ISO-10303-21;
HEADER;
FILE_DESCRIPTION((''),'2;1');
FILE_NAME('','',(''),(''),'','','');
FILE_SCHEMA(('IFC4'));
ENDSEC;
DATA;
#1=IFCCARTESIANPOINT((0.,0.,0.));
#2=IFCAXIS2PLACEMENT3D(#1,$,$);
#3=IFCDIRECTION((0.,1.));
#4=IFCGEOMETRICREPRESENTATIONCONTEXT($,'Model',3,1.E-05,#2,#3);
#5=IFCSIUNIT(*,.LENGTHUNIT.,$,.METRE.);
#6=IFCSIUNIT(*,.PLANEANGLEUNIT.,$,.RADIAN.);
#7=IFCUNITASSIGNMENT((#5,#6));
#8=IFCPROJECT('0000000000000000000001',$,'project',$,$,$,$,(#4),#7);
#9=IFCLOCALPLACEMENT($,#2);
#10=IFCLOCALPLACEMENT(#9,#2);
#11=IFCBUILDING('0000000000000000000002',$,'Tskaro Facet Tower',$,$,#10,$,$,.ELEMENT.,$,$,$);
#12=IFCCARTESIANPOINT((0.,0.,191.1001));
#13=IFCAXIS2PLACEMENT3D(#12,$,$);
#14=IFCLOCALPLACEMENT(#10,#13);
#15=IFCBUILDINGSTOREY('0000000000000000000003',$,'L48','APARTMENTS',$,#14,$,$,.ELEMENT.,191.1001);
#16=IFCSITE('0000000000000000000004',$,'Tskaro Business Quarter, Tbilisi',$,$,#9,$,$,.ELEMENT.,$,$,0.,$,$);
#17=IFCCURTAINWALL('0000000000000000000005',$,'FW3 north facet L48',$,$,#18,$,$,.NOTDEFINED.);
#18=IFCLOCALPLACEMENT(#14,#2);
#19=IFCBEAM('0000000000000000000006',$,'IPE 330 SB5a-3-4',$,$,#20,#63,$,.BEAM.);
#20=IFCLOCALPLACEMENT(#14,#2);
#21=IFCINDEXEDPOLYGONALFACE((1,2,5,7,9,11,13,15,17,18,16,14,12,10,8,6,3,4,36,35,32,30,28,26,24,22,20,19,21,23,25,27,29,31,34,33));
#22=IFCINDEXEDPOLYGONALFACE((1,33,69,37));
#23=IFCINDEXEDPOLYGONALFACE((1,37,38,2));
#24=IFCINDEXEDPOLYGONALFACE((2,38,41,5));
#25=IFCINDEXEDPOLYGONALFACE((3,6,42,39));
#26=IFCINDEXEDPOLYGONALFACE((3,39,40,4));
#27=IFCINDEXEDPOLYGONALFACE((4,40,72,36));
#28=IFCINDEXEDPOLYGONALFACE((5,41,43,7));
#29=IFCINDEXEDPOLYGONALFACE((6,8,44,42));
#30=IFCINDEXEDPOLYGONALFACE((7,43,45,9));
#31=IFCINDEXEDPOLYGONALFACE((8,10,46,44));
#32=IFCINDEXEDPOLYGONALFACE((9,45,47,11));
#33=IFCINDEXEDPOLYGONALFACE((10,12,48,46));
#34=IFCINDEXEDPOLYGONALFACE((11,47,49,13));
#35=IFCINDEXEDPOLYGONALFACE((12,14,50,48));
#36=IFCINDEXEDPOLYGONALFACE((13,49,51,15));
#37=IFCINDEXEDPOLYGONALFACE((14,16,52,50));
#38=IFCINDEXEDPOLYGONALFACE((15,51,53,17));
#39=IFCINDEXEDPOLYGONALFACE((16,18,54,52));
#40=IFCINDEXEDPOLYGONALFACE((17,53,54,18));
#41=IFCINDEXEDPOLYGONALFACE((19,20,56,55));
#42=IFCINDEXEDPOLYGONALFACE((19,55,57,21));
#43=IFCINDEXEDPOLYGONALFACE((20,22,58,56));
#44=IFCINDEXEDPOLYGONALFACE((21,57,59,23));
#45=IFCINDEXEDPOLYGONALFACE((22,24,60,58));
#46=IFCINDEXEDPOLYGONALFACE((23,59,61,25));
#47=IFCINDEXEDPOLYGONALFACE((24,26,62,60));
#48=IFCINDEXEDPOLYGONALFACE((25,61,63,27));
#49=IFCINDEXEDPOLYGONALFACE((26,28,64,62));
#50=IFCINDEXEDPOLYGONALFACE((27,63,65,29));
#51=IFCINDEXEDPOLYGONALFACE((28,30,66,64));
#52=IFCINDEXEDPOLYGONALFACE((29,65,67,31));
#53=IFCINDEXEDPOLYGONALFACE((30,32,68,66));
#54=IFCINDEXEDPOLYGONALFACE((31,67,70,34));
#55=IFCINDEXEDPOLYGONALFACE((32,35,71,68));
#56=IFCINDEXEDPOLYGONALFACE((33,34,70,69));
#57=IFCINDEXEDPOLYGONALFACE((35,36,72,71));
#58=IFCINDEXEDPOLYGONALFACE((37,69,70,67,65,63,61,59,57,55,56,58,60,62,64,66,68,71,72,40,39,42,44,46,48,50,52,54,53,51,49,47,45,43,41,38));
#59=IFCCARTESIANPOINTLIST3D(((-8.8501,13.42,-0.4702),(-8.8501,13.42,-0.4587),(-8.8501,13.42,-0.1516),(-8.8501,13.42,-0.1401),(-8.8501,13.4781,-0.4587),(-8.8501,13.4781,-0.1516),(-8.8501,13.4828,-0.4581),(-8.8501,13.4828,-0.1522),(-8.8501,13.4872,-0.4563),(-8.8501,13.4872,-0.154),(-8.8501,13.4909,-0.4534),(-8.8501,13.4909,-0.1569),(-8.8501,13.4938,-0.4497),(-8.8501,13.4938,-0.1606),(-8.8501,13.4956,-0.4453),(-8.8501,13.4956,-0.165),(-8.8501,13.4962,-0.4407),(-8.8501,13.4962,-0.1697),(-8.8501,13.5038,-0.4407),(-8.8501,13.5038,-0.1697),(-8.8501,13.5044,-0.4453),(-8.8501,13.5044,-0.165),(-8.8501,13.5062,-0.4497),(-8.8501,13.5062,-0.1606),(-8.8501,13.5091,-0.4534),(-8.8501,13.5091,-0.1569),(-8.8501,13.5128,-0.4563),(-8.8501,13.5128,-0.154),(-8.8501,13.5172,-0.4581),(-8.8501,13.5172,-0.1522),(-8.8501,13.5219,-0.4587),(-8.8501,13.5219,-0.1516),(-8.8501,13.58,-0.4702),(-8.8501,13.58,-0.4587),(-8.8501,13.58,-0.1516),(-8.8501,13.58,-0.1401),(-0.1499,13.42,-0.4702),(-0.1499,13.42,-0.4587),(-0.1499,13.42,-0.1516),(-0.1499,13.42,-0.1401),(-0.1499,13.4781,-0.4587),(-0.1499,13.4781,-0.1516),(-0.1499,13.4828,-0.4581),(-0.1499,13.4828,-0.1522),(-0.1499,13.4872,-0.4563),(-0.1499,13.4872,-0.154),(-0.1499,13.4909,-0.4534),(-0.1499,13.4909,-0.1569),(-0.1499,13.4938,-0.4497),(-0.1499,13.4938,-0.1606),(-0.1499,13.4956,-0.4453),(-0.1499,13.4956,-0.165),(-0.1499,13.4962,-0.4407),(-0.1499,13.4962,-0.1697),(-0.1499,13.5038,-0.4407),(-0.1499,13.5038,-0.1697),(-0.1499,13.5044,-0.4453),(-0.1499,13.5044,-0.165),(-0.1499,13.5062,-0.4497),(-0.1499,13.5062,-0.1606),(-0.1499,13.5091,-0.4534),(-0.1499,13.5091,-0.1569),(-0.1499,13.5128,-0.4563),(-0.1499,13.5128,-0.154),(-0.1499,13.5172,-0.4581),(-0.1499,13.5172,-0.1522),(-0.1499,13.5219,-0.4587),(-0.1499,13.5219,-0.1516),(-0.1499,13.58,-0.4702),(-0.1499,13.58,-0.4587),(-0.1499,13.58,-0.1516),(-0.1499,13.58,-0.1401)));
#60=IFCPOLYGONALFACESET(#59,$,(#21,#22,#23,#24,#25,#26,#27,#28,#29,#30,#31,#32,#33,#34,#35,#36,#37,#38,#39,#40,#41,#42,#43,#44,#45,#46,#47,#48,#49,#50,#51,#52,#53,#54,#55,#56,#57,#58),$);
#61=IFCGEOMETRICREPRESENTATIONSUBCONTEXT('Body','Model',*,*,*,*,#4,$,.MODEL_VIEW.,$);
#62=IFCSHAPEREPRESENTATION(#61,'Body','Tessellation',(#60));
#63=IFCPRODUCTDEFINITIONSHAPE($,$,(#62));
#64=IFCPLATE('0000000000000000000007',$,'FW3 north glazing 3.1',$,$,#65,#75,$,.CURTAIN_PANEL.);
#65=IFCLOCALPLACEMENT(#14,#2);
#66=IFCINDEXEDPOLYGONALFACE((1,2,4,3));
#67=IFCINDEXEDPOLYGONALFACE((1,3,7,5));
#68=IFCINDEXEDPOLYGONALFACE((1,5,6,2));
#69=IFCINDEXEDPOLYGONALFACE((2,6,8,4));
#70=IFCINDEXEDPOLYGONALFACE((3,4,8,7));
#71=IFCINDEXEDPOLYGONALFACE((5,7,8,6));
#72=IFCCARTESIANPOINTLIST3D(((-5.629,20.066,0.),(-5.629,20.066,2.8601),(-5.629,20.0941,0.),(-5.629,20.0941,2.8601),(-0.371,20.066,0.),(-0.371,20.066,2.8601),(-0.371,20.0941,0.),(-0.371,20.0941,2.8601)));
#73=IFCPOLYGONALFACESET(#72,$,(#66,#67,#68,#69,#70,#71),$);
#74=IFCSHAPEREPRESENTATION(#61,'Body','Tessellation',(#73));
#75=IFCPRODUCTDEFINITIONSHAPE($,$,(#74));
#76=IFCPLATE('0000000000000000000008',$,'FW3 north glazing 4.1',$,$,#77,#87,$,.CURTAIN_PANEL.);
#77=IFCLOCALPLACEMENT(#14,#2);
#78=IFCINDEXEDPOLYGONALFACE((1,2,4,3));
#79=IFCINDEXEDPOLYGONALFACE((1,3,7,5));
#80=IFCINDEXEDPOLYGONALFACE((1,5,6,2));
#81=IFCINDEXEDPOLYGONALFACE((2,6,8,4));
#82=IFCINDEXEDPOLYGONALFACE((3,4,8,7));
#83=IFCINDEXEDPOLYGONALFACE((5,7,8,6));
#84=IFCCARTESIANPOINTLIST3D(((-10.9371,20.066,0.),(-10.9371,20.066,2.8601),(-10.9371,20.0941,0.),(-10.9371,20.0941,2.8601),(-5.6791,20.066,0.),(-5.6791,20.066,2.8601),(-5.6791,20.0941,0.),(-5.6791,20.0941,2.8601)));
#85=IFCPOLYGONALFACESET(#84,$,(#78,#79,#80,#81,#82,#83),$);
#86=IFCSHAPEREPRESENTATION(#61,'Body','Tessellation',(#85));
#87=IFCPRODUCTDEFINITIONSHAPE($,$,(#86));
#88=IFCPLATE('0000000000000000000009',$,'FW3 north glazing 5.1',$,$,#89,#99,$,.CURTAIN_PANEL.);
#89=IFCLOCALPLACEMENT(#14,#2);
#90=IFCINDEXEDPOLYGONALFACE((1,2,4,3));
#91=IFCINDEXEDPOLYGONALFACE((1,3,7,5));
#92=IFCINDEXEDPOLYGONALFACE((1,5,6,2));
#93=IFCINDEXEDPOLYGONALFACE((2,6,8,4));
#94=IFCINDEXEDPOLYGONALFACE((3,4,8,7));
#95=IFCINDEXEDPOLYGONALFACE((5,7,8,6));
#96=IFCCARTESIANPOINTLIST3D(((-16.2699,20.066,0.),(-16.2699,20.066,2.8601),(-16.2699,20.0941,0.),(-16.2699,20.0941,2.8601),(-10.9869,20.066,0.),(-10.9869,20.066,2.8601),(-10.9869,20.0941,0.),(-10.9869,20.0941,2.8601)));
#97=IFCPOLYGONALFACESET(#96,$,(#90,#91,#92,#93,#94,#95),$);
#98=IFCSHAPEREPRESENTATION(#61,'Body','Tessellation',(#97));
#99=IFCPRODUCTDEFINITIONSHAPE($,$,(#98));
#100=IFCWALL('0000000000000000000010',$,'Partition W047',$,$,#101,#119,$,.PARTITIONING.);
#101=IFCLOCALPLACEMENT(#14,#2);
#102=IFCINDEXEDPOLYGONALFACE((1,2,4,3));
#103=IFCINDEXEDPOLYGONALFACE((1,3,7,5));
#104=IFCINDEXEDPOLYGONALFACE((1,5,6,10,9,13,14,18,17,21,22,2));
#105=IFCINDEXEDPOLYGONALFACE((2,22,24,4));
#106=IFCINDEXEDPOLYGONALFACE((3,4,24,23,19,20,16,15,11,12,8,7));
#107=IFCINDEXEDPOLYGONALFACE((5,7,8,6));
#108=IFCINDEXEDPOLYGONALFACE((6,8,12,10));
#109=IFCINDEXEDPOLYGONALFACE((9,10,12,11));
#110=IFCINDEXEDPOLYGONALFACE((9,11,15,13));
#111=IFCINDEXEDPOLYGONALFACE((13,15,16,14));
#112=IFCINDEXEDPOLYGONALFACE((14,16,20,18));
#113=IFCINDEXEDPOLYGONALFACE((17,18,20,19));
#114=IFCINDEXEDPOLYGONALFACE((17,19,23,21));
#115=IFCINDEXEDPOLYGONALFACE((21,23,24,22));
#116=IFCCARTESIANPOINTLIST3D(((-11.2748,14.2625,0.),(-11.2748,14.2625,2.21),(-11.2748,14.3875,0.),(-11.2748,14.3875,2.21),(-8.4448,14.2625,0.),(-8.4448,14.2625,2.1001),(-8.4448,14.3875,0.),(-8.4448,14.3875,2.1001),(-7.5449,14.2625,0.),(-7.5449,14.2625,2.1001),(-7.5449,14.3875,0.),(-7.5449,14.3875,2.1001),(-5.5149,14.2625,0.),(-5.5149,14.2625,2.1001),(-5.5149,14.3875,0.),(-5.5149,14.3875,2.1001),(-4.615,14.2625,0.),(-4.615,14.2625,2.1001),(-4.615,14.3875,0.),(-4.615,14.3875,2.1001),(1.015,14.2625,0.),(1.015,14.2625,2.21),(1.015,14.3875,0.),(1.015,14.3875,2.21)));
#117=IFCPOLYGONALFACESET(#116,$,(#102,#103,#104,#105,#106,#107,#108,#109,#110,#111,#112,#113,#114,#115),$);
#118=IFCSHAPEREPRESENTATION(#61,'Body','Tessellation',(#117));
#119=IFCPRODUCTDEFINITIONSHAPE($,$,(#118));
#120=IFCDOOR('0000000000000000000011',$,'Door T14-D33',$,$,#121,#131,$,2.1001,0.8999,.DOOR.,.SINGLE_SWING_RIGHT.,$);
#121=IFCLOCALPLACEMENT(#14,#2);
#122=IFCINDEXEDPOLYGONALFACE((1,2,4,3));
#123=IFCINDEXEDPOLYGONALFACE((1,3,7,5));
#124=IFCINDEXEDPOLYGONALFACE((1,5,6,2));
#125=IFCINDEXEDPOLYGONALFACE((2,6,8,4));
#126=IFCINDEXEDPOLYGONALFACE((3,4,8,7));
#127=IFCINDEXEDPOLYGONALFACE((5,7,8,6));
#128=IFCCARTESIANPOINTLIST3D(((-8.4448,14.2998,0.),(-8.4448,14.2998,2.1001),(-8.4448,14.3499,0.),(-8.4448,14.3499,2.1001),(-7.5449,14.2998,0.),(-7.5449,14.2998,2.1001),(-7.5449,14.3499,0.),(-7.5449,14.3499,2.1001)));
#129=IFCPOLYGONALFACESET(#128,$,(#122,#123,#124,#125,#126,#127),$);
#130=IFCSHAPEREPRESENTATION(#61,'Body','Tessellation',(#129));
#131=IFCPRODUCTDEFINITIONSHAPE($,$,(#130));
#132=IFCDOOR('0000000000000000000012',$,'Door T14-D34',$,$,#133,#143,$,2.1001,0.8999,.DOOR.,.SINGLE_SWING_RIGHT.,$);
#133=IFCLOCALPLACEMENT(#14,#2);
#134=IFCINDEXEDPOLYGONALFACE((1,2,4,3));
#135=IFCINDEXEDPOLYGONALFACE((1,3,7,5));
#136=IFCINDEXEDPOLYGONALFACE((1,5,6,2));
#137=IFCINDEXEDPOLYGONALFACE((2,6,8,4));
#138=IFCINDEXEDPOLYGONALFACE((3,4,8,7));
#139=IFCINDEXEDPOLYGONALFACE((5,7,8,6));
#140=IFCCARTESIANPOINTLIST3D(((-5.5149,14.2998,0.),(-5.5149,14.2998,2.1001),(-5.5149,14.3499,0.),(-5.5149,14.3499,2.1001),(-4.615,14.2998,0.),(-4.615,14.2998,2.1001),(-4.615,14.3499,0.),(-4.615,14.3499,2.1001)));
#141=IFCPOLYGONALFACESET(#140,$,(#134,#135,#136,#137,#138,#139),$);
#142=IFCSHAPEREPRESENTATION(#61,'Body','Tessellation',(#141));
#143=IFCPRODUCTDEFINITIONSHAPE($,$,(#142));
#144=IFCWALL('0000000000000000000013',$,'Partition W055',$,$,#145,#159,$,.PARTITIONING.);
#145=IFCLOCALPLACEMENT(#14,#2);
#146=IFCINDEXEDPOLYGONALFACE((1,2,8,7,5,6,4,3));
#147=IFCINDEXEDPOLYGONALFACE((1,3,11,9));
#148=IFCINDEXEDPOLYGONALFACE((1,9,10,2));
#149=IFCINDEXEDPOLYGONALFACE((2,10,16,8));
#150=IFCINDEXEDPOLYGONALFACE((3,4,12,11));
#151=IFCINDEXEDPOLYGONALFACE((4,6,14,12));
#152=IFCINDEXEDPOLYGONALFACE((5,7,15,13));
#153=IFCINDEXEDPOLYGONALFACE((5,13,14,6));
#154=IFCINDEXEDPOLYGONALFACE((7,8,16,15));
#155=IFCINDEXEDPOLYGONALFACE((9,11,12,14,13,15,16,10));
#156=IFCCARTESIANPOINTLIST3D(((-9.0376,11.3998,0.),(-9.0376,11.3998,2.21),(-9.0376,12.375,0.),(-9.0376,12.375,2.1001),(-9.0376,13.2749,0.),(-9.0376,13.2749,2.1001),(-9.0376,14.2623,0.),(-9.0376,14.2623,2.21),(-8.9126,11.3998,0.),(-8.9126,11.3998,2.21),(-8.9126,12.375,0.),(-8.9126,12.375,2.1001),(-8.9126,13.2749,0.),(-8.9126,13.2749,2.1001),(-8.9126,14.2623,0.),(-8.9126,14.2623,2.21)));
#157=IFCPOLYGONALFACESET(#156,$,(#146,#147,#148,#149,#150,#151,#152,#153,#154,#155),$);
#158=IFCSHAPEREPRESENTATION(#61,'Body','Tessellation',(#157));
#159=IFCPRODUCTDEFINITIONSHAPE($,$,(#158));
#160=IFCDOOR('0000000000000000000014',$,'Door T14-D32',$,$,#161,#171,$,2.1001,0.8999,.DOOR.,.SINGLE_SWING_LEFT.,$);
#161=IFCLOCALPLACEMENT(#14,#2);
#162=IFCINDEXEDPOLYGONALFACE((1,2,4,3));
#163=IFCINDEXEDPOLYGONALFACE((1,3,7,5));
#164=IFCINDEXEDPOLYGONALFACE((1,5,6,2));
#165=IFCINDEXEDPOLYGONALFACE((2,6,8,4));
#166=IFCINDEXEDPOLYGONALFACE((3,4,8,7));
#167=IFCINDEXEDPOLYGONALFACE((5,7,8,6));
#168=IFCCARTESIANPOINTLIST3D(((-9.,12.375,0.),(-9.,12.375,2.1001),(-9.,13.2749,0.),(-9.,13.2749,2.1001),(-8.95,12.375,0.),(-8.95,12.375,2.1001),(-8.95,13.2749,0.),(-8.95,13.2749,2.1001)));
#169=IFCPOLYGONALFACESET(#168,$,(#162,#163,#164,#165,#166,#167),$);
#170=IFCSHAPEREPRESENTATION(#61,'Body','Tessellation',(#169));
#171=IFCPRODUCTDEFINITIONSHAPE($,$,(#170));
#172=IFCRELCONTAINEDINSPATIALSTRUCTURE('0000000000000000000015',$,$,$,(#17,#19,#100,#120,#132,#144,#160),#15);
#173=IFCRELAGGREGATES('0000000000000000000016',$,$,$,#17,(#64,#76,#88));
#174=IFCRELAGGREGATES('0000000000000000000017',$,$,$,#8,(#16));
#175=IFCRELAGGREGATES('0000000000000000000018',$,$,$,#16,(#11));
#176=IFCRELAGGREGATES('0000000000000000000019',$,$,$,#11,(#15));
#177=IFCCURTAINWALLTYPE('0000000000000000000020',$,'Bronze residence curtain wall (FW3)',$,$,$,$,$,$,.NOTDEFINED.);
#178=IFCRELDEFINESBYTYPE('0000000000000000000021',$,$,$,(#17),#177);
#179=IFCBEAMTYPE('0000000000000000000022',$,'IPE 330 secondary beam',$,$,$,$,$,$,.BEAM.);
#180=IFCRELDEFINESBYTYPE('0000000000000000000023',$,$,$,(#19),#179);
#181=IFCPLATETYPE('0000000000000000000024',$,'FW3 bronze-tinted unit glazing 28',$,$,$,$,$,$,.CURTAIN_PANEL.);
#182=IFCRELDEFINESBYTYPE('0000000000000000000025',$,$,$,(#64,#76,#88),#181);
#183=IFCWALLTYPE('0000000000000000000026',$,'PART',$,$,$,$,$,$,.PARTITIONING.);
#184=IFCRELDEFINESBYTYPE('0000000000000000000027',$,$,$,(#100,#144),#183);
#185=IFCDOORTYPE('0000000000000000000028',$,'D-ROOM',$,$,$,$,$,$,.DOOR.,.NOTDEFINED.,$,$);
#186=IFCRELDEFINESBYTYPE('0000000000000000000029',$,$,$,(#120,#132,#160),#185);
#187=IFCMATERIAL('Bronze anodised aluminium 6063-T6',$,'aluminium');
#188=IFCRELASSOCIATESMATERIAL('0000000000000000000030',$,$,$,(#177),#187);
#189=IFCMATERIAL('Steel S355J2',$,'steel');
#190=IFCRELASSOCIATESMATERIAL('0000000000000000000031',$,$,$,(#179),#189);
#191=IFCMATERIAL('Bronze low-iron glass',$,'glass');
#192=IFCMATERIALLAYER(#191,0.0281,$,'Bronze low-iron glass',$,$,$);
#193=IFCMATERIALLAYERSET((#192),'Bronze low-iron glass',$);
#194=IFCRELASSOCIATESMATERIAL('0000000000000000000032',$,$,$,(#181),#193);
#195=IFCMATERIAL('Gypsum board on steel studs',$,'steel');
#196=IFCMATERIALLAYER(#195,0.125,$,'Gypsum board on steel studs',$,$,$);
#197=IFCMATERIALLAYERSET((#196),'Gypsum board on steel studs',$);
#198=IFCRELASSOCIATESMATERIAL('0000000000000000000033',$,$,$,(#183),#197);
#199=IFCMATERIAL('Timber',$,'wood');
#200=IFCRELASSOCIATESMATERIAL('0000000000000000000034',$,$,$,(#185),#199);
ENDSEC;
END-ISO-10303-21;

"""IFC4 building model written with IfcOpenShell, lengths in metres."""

from ifc_helpers import new_model, si_unit, direction, frame, frame_2d, origin, origin_2d, place, context, subcontext, project, spatial, rectangle, i_section, extrude, material, layer, layer_set, material_profile, profile_set, type_object, element, fill, aggregate, save


model = new_model("IFC4")

# Units and contexts
model_context = context("Model", 3, precision=1e-05, world=origin(), true_north=direction((0.0, 1.0)))
body_context = subcontext(model_context, "Body", "Model", "MODEL_VIEW")
ifc_project = project(units=[si_unit("LENGTHUNIT", "METRE"), si_unit("PLANEANGLEUNIT", "RADIAN")], contexts=[model_context])

# Site, building, storey
site_placement = place(None, origin())
site = spatial("IfcSite", under=ifc_project, at=site_placement, Name="Tskaro Business Quarter, Tbilisi", CompositionType="ELEMENT", RefElevation=0.0)
building_placement = place(site_placement, origin())
building = spatial("IfcBuilding", under=site, at=building_placement, Name="Tskaro Facet Tower", CompositionType="ELEMENT")
storey_placement = place(building_placement, frame((0.0, 0.0, 191.1001)))
storey = spatial("IfcBuildingStorey", under=building, at=storey_placement, Name="L48", Description="APARTMENTS", CompositionType="ELEMENT", Elevation=191.1001)

# Curtain wall
ifc_material_1 = material(Name="Bronze anodised aluminium 6063-T6", Category="aluminium")
curtain_wall_type = type_object("IfcCurtainWallType", Name="Bronze residence curtain wall (FW3)", PredefinedType="NOTDEFINED", material=ifc_material_1)
curtain_wall_placement = place(storey_placement, origin())
curtain_wall = element("IfcCurtainWall", 1, at=curtain_wall_placement, inside=storey, type_object=curtain_wall_type, Name="FW3 north facet L48", PredefinedType="NOTDEFINED")

# Beam
ifc_material_2 = material(Name="Steel S355J2", Category="steel")
ifc_material_profile_1 = material_profile(ifc_material_2, i_section(OverallWidth=0.1599, OverallDepth=0.3301, WebThickness=0.0076, FlangeThickness=0.0115, FilletRadius=0.0181, at=origin_2d()), Name="IPE 330")
ifc_profile_set_1 = profile_set([ifc_material_profile_1], Name="Steel S355J2")
beam_type_1 = type_object("IfcBeamType", Name="IPE 330 secondary beam", PredefinedType="BEAM", material=ifc_profile_set_1)
beam_1_placement = place(storey_placement, frame((-8.8501, 13.5, -0.3052), z_axis=(1.0, 0.0, 0.0), x_axis=(0.0, 1.0, 0.0)))
element("IfcBeam", 2, at=beam_1_placement, inside=storey, type_object=beam_type_1, Name="IPE 330 SB5a-3-4", PredefinedType="BEAM", context=body_context, shape_type="SweptSolid", body=[
    extrude(i_section(OverallWidth=0.1599, OverallDepth=0.3301, WebThickness=0.0076, FlangeThickness=0.0115, FilletRadius=0.0181, at=origin_2d()), origin(), (0.0, 0.0, 1.0), 8.7002),
])

# Plates
ifc_material_3 = material(Name="Bronze low-iron glass", Category="glass")
ifc_layer_1 = layer(ifc_material_3, 0.0281, Name="Bronze low-iron glass")
ifc_layer_set_1 = layer_set([ifc_layer_1], Name="Bronze low-iron glass")
plate_type = type_object("IfcPlateType", Name="FW3 bronze-tinted unit glazing 28", PredefinedType="CURTAIN_PANEL", material=ifc_layer_set_1)
plate_1_placement = place(storey_placement, frame((-3.0, 20.0801, 0.0), z_axis=(0.0, 0.0, 1.0), x_axis=(-1.0, 0.0, 0.0)))
plate_1 = element("IfcPlate", 3, at=plate_1_placement, type_object=plate_type, Name="FW3 north glazing 3.1", PredefinedType="CURTAIN_PANEL", context=body_context, shape_type="SweptSolid", body=[
    extrude(rectangle(XDim=5.2581, YDim=0.0281, at=origin_2d()), origin(), (0.0, 0.0, 1.0), 2.8601),
])
plate_2_placement = place(storey_placement, frame((-8.3081, 20.0801, 0.0), z_axis=(0.0, 0.0, 1.0), x_axis=(-1.0, 0.0, 0.0)))
plate_2 = element("IfcPlate", 4, at=plate_2_placement, type_object=plate_type, Name="FW3 north glazing 4.1", PredefinedType="CURTAIN_PANEL", context=body_context, shape_type="SweptSolid", body=[
    extrude(rectangle(XDim=5.2581, YDim=0.0281, at=origin_2d()), origin(), (0.0, 0.0, 1.0), 2.8601),
])
plate_3_placement = place(storey_placement, frame((-13.6284, 20.0801, 0.0), z_axis=(0.0, 0.0, 1.0), x_axis=(-1.0, 0.0, 0.0)))
plate_3 = element("IfcPlate", 5, at=plate_3_placement, type_object=plate_type, Name="FW3 north glazing 5.1", PredefinedType="CURTAIN_PANEL", context=body_context, shape_type="SweptSolid", body=[
    extrude(rectangle(XDim=5.283, YDim=0.0281, at=origin_2d()), origin(), (0.0, 0.0, 1.0), 2.8601),
])
aggregate(curtain_wall, [plate_1, plate_2, plate_3])

# Wall, openings, doors
ifc_material_4 = material(Name="Gypsum board on steel studs", Category="steel")
ifc_layer_2 = layer(ifc_material_4, 0.125, Name="Gypsum board on steel studs")
ifc_layer_set_2 = layer_set([ifc_layer_2], Name="Gypsum board on steel studs")
wall_type_1 = type_object("IfcWallType", Name="PART", PredefinedType="PARTITIONING", material=ifc_layer_set_2)
wall_1_placement = place(storey_placement, frame((-11.2749, 14.325, 0.0), z_axis=(0.0, 0.0, 1.0), x_axis=(1.0, 0.0, 0.0)))
wall_1 = element("IfcWall", 6, at=wall_1_placement, inside=storey, type_object=wall_type_1, Name="Partition W047", PredefinedType="PARTITIONING", context=body_context, shape_type="SweptSolid", body=[
    extrude(rectangle(XDim=12.2898, YDim=0.125, at=frame_2d((6.145, 0.0))), origin(), (0.0, 0.0, 1.0), 2.21),
])
opening_1_placement = place(wall_1_placement, frame((2.8301, 0.0, 0.0)))
opening_1 = element("IfcOpeningElement", 7, at=opening_1_placement, cuts=wall_1, PredefinedType="OPENING", context=body_context, shape_type="SweptSolid", body=[
    extrude(rectangle(XDim=0.8999, YDim=2.1001, at=frame_2d((0.45, 1.05))), frame((0.0, 0.0725, 0.0), z_axis=(0.0, -1.0, 0.0), x_axis=(1.0, 0.0, 0.0)), (0.0, 0.0, 1.0), 0.145),
])
opening_2_placement = place(wall_1_placement, frame((5.76, 0.0, 0.0)))
opening_2 = element("IfcOpeningElement", 8, at=opening_2_placement, cuts=wall_1, PredefinedType="OPENING", context=body_context, shape_type="SweptSolid", body=[
    extrude(rectangle(XDim=0.8999, YDim=2.1001, at=frame_2d((0.45, 1.05))), frame((0.0, 0.0725, 0.0), z_axis=(0.0, -1.0, 0.0), x_axis=(1.0, 0.0, 0.0)), (0.0, 0.0, 1.0), 0.145),
])
ifc_material_5 = material(Name="Timber", Category="wood")
door_type_1 = type_object("IfcDoorType", Name="D-ROOM", OperationType="NOTDEFINED", PredefinedType="DOOR", material=ifc_material_5)
door_1_placement = place(opening_1_placement, origin())
door_1 = element("IfcDoor", 9, at=door_1_placement, inside=storey, type_object=door_type_1, Name="Door T14-D33", OperationType="SINGLE_SWING_RIGHT", OverallHeight=2.1001, OverallWidth=0.8999, PredefinedType="DOOR", context=body_context, shape_type="SweptSolid", body=[
    extrude(rectangle(XDim=0.8999, YDim=2.1001, at=frame_2d((0.45, 1.05))), frame((0.0, 0.0249, 0.0), z_axis=(0.0, -1.0, 0.0), x_axis=(1.0, 0.0, 0.0)), (0.0, 0.0, 1.0), 0.05),
])
fill(opening_1, door_1)
door_2_placement = place(opening_2_placement, origin())
door_2 = element("IfcDoor", 10, at=door_2_placement, inside=storey, type_object=door_type_1, Name="Door T14-D34", OperationType="SINGLE_SWING_RIGHT", OverallHeight=2.1001, OverallWidth=0.8999, PredefinedType="DOOR", context=body_context, shape_type="SweptSolid", body=[
    extrude(rectangle(XDim=0.8999, YDim=2.1001, at=frame_2d((0.45, 1.05))), frame((0.0, 0.0249, 0.0), z_axis=(0.0, -1.0, 0.0), x_axis=(1.0, 0.0, 0.0)), (0.0, 0.0, 1.0), 0.05),
])
fill(opening_2, door_2)

# Wall, opening, door
wall_2_placement = place(storey_placement, frame((-8.9751, 11.3999, 0.0), z_axis=(0.0, 0.0, 1.0), x_axis=(0.0, 1.0, 0.0)))
wall_2 = element("IfcWall", 11, at=wall_2_placement, inside=storey, type_object=wall_type_1, Name="Partition W055", PredefinedType="PARTITIONING", context=body_context, shape_type="SweptSolid", body=[
    extrude(rectangle(XDim=2.8625, YDim=0.125, at=frame_2d((1.4312, 0.0))), origin(), (0.0, 0.0, 1.0), 2.21),
])
opening_3_placement = place(wall_2_placement, frame((0.9751, 0.0, 0.0)))
opening_3 = element("IfcOpeningElement", 12, at=opening_3_placement, cuts=wall_2, PredefinedType="OPENING", context=body_context, shape_type="SweptSolid", body=[
    extrude(rectangle(XDim=0.8999, YDim=2.1001, at=frame_2d((0.45, 1.05))), frame((0.0, 0.0725, 0.0), z_axis=(0.0, -1.0, 0.0), x_axis=(1.0, 0.0, 0.0)), (0.0, 0.0, 1.0), 0.145),
])
door_3_placement = place(opening_3_placement, origin())
door_3 = element("IfcDoor", 13, at=door_3_placement, inside=storey, type_object=door_type_1, Name="Door T14-D32", OperationType="SINGLE_SWING_LEFT", OverallHeight=2.1001, OverallWidth=0.8999, PredefinedType="DOOR", context=body_context, shape_type="SweptSolid", body=[
    extrude(rectangle(XDim=0.8999, YDim=2.1001, at=frame_2d((0.45, 1.05))), frame((0.0, 0.0249, 0.0), z_axis=(0.0, -1.0, 0.0), x_axis=(1.0, 0.0, 0.0)), (0.0, 0.0, 1.0), 0.05),
])
fill(opening_3, door_3)

save(model, "model.ifc")
